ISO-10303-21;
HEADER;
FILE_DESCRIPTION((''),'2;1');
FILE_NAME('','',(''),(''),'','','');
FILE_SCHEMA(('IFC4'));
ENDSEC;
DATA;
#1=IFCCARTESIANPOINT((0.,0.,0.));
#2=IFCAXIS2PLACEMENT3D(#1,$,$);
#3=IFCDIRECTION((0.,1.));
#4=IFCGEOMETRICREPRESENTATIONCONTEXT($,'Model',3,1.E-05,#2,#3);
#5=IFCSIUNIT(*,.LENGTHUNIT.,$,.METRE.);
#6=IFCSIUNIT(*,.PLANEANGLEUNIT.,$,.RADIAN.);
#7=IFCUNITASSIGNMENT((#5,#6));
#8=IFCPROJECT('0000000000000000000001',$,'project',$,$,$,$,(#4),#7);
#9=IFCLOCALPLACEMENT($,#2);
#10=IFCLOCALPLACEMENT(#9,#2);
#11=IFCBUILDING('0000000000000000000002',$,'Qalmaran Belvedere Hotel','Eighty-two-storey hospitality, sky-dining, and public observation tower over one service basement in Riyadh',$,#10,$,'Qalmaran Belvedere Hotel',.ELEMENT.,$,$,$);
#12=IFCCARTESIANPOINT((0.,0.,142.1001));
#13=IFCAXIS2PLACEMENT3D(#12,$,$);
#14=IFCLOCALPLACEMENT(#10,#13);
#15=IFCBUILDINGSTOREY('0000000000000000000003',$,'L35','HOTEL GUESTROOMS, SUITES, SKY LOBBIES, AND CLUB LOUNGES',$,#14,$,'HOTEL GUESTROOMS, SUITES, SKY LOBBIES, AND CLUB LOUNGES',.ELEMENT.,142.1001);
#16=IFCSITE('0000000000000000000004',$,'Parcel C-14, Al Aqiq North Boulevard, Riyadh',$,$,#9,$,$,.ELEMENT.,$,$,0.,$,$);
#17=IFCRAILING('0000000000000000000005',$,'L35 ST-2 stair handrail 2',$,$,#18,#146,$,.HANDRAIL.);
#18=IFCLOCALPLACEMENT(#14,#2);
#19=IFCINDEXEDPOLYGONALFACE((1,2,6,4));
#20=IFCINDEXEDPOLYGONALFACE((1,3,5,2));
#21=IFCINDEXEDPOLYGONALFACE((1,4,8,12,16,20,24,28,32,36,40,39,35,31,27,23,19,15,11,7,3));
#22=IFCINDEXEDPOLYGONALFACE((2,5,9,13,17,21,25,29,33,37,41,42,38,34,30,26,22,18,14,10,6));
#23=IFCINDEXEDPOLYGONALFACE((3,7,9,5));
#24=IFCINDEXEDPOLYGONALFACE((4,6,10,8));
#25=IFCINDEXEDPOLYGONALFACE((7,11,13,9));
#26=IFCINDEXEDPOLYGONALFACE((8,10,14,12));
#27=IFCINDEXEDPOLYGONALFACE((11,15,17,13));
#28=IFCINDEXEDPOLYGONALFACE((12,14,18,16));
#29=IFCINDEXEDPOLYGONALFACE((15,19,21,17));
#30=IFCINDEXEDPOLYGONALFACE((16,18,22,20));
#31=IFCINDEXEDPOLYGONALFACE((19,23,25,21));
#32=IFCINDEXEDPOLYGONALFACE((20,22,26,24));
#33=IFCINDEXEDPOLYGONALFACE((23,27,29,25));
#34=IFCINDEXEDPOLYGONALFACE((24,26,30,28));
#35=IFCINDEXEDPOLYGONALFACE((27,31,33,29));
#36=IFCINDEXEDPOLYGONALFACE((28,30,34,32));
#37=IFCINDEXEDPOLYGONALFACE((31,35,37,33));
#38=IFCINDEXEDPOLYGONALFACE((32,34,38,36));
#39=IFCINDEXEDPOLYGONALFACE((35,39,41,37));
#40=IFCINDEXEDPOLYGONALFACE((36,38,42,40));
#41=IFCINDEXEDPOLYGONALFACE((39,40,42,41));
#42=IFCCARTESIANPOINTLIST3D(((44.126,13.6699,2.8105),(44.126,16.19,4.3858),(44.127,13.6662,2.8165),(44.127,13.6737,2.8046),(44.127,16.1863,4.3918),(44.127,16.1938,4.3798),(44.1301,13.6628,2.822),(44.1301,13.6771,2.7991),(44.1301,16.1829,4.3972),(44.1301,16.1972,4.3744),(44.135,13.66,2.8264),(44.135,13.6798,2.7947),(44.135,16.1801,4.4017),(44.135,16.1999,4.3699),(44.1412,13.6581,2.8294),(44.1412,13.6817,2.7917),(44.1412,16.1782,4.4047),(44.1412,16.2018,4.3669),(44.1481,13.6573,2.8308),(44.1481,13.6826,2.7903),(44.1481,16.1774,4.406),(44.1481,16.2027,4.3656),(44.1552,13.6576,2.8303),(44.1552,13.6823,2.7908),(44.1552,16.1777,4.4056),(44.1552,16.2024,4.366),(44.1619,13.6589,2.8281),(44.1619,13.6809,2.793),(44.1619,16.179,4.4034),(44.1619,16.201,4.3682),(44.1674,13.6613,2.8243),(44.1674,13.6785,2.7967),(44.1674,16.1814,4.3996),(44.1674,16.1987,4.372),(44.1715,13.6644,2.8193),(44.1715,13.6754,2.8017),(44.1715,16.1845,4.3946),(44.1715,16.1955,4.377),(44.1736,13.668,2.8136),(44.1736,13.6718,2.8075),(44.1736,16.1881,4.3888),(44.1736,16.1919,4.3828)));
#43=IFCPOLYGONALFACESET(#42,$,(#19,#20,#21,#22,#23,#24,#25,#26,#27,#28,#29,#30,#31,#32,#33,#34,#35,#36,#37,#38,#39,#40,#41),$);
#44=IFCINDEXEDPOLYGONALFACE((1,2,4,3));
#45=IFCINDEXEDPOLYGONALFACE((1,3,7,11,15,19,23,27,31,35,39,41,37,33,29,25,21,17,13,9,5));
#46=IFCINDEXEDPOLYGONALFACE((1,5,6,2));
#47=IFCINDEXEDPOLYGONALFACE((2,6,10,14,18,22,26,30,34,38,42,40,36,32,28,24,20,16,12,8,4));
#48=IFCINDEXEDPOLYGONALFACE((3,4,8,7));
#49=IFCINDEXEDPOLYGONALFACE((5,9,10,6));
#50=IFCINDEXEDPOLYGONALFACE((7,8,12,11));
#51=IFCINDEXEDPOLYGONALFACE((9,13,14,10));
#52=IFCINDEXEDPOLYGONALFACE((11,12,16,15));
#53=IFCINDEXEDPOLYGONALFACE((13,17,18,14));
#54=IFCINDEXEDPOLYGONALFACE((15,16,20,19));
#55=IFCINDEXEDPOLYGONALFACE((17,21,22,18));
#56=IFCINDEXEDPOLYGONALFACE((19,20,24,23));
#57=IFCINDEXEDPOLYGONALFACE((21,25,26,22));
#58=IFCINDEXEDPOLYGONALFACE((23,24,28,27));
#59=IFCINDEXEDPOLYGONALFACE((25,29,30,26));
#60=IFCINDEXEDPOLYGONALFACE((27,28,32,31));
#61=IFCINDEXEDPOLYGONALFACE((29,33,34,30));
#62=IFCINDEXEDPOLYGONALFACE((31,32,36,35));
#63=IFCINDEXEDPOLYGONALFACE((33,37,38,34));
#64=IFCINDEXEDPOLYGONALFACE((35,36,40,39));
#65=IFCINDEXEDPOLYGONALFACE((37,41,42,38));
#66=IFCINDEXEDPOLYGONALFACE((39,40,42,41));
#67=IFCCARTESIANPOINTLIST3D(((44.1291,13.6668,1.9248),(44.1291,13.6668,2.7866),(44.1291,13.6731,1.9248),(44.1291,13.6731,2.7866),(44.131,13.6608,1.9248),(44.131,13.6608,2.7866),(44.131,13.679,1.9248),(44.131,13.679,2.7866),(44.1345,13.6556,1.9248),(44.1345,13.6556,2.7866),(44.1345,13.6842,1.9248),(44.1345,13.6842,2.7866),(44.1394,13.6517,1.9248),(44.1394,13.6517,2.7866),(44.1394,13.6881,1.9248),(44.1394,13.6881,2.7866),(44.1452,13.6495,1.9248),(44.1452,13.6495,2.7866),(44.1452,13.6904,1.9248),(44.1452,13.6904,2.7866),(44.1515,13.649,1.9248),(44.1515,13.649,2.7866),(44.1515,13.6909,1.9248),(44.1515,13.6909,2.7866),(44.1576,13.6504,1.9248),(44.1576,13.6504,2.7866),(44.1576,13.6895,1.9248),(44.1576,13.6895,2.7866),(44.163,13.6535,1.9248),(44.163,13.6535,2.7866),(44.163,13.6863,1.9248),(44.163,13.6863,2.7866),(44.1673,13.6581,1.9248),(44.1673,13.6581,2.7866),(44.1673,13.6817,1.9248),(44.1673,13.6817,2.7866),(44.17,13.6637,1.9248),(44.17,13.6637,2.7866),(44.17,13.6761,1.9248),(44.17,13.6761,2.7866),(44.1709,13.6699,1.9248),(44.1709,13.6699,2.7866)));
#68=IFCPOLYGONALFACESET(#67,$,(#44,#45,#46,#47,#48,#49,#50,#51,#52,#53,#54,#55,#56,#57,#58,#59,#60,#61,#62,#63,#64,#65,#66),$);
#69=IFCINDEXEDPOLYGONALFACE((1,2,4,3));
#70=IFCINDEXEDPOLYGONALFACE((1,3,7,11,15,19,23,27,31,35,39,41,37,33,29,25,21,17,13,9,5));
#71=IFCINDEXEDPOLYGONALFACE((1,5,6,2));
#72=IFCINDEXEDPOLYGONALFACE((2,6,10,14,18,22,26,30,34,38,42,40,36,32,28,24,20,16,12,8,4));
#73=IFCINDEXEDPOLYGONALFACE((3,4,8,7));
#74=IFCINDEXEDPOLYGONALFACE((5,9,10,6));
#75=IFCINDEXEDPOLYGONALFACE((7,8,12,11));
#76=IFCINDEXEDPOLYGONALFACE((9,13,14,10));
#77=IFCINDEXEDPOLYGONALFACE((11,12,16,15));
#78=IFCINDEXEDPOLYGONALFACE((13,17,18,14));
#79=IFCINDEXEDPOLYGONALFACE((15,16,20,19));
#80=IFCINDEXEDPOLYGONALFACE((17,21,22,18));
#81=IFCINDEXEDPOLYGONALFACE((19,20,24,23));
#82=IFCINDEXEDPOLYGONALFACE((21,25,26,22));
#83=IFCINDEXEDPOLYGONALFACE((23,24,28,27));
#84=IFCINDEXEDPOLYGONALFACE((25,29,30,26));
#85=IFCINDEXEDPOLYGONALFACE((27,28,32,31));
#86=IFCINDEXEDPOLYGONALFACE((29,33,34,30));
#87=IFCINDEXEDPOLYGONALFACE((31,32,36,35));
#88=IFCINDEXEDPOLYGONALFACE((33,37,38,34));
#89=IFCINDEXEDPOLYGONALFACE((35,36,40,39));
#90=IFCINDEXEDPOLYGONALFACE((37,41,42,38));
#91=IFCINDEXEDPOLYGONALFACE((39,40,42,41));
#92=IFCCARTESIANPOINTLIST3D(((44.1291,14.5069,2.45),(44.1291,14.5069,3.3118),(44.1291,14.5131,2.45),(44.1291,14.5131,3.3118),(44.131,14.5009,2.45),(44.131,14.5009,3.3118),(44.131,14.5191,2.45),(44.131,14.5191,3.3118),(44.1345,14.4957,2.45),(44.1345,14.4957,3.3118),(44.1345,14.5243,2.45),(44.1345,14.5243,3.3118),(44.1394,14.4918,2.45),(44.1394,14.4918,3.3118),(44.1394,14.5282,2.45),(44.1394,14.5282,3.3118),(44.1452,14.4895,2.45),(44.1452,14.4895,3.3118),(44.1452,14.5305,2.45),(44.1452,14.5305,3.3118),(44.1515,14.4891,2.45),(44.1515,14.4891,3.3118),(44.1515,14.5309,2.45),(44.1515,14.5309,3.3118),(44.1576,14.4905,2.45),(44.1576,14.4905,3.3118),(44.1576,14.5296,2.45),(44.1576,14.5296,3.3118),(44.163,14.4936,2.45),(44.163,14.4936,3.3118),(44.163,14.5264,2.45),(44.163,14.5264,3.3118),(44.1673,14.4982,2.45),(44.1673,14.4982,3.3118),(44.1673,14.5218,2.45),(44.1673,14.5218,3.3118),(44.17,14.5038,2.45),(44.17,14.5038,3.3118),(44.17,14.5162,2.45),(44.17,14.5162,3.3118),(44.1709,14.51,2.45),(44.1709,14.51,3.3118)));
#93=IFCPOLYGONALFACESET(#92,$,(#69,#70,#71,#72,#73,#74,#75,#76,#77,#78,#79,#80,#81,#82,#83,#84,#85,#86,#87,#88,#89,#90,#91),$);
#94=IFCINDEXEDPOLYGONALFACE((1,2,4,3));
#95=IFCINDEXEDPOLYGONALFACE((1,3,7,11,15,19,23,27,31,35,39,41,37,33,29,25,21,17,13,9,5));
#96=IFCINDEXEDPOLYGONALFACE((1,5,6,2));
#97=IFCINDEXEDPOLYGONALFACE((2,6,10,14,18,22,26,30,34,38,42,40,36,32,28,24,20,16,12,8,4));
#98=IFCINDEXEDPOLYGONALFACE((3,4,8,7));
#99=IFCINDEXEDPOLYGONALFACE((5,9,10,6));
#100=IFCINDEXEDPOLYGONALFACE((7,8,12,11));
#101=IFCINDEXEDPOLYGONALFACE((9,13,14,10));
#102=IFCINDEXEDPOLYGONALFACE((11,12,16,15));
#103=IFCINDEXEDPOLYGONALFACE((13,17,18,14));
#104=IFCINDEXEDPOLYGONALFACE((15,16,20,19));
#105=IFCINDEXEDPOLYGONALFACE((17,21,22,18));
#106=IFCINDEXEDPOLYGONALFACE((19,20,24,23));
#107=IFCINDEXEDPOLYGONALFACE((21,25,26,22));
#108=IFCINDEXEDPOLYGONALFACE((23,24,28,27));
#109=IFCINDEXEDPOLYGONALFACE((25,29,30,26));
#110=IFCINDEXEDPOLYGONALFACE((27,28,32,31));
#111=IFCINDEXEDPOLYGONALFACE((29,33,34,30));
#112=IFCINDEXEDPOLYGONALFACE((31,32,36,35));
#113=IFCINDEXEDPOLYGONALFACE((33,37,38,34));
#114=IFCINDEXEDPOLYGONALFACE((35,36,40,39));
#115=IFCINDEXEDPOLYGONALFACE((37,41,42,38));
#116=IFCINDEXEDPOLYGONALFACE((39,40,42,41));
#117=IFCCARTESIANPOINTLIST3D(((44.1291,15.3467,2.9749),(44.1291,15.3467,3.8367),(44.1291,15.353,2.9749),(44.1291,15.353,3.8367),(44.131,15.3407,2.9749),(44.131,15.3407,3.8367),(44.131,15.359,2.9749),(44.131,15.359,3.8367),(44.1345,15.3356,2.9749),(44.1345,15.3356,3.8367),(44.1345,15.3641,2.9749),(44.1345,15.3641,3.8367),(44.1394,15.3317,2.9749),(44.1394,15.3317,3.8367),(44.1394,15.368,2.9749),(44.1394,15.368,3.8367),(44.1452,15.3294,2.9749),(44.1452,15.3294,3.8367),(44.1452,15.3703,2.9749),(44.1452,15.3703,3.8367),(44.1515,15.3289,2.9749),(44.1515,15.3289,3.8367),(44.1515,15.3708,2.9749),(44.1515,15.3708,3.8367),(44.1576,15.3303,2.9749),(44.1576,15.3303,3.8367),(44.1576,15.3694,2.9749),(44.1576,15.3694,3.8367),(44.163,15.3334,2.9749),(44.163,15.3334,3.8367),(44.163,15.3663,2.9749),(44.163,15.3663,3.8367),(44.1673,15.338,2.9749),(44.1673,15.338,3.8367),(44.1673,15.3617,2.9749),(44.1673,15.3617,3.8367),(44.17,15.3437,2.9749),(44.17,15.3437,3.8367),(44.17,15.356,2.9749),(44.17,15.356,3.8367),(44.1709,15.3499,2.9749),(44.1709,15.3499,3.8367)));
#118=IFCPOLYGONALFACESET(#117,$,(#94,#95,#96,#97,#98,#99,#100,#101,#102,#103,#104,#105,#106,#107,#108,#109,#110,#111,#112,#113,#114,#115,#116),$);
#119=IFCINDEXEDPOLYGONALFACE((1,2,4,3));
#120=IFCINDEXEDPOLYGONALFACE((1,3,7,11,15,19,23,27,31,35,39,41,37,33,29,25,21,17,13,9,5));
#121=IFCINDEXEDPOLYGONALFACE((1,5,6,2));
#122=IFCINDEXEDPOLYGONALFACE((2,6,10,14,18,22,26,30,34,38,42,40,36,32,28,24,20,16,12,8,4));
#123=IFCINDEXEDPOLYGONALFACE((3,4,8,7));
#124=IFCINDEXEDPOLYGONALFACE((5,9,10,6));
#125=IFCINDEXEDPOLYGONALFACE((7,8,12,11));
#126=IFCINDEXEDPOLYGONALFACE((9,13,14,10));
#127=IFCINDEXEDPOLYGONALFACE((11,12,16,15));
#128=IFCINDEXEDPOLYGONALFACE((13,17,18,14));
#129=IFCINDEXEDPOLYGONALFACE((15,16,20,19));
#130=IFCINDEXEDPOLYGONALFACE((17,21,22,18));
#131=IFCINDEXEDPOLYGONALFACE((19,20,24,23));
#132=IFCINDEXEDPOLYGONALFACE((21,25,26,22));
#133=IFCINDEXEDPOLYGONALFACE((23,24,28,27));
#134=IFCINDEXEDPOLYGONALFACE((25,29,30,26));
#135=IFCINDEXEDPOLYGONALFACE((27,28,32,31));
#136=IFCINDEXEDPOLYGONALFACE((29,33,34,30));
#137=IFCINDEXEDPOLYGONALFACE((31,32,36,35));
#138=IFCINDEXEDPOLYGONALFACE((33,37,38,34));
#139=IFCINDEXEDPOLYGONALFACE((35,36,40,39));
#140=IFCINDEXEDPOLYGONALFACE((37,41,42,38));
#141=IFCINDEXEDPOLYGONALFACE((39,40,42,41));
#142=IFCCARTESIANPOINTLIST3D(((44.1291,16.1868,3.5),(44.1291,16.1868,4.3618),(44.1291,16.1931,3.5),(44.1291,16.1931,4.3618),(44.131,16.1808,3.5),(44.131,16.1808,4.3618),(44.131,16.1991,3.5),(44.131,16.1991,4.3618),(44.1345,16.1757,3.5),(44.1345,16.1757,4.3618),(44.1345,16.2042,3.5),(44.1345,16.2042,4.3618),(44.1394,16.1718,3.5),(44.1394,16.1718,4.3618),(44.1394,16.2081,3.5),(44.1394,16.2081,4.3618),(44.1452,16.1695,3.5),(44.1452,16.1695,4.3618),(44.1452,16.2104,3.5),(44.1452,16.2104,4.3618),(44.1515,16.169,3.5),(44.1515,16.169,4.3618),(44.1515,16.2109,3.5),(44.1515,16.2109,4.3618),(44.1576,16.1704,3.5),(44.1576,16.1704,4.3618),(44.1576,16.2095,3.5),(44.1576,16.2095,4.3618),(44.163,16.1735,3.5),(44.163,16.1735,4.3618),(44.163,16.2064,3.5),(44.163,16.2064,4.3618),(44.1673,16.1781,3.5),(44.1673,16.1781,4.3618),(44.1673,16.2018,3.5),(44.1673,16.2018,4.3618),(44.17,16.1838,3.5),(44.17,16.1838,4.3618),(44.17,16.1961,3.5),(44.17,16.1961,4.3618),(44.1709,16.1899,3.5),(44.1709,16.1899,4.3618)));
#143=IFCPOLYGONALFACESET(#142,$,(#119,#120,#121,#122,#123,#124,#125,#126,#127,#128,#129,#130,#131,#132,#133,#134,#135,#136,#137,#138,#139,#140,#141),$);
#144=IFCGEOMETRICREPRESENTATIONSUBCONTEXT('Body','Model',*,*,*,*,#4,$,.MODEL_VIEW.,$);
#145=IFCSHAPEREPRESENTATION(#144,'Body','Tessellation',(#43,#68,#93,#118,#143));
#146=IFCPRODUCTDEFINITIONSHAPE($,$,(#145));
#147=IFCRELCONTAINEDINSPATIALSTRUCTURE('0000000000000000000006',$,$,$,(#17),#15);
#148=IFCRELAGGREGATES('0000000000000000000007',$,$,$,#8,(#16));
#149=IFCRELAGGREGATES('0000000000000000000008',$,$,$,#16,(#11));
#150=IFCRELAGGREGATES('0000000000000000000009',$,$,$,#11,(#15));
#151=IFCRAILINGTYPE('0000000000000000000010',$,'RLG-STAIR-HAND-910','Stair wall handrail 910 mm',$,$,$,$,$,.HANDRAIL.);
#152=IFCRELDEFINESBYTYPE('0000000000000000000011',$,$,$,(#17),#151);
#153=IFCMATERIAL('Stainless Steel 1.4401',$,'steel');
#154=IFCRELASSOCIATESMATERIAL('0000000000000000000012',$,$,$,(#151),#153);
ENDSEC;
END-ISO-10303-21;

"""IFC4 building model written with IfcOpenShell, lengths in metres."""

from ifc_helpers import new_model, si_unit, direction, frame, origin, origin_2d, place, context, subcontext, project, spatial, circle, extrude, material, type_object, element, save


model = new_model("IFC4")

# Units and contexts
model_context = context("Model", 3, precision=1e-05, world=origin(), true_north=direction((0.0, 1.0)))
body_context = subcontext(model_context, "Body", "Model", "MODEL_VIEW")
ifc_project = project(units=[si_unit("LENGTHUNIT", "METRE"), si_unit("PLANEANGLEUNIT", "RADIAN")], contexts=[model_context])

# Site, building, storey
site_placement = place(None, origin())
site = spatial("IfcSite", under=ifc_project, at=site_placement, Name="Parcel C-14, Al Aqiq North Boulevard, Riyadh", CompositionType="ELEMENT", RefElevation=0.0)
building_placement = place(site_placement, origin())
building = spatial("IfcBuilding", under=site, at=building_placement, Name="Qalmaran Belvedere Hotel", Description="Eighty-two-storey hospitality, sky-dining, and public observation tower over one service basement in Riyadh", LongName="Qalmaran Belvedere Hotel", CompositionType="ELEMENT")
storey_placement = place(building_placement, frame((0.0, 0.0, 142.1001)))
storey = spatial("IfcBuildingStorey", under=building, at=storey_placement, Name="L35", Description="HOTEL GUESTROOMS, SUITES, SKY LOBBIES, AND CLUB LOUNGES", LongName="HOTEL GUESTROOMS, SUITES, SKY LOBBIES, AND CLUB LOUNGES", CompositionType="ELEMENT", Elevation=142.1001)

# Railing
ifc_material_1 = material(Name="Stainless Steel 1.4401", Category="steel")
railing_type = type_object("IfcRailingType", Name="RLG-STAIR-HAND-910", Description="Stair wall handrail 910 mm", PredefinedType="HANDRAIL", material=ifc_material_1)
railing_placement = place(storey_placement, frame((44.1499, 13.6699, 1.9248)))
element("IfcRailing", 1, at=railing_placement, inside=storey, type_object=railing_type, Name="L35 ST-2 stair handrail 2", PredefinedType="HANDRAIL", context=body_context, shape_type="SweptSolid", body=[
    extrude(circle(Radius=0.0239, at=origin_2d()), frame((0.0, 0.0, 0.8857), z_axis=(0.0, 0.847971, 0.530043), x_axis=(-1.0, 0.0, 0.0)), (0.0, 0.0, 1.0), 2.9719),
    extrude(circle(Radius=0.021, at=origin_2d()), origin(), (0.0, 0.0, 1.0), 0.8618),
    extrude(circle(Radius=0.021, at=origin_2d()), frame((0.0, 0.8401, 0.5251)), (0.0, 0.0, 1.0), 0.8618),
    extrude(circle(Radius=0.021, at=origin_2d()), frame((0.0, 1.6799, 1.05)), (0.0, 0.0, 1.0), 0.8618),
    extrude(circle(Radius=0.021, at=origin_2d()), frame((0.0, 2.52, 1.5752)), (0.0, 0.0, 1.0), 0.8618),
])

save(model, "model.ifc")
